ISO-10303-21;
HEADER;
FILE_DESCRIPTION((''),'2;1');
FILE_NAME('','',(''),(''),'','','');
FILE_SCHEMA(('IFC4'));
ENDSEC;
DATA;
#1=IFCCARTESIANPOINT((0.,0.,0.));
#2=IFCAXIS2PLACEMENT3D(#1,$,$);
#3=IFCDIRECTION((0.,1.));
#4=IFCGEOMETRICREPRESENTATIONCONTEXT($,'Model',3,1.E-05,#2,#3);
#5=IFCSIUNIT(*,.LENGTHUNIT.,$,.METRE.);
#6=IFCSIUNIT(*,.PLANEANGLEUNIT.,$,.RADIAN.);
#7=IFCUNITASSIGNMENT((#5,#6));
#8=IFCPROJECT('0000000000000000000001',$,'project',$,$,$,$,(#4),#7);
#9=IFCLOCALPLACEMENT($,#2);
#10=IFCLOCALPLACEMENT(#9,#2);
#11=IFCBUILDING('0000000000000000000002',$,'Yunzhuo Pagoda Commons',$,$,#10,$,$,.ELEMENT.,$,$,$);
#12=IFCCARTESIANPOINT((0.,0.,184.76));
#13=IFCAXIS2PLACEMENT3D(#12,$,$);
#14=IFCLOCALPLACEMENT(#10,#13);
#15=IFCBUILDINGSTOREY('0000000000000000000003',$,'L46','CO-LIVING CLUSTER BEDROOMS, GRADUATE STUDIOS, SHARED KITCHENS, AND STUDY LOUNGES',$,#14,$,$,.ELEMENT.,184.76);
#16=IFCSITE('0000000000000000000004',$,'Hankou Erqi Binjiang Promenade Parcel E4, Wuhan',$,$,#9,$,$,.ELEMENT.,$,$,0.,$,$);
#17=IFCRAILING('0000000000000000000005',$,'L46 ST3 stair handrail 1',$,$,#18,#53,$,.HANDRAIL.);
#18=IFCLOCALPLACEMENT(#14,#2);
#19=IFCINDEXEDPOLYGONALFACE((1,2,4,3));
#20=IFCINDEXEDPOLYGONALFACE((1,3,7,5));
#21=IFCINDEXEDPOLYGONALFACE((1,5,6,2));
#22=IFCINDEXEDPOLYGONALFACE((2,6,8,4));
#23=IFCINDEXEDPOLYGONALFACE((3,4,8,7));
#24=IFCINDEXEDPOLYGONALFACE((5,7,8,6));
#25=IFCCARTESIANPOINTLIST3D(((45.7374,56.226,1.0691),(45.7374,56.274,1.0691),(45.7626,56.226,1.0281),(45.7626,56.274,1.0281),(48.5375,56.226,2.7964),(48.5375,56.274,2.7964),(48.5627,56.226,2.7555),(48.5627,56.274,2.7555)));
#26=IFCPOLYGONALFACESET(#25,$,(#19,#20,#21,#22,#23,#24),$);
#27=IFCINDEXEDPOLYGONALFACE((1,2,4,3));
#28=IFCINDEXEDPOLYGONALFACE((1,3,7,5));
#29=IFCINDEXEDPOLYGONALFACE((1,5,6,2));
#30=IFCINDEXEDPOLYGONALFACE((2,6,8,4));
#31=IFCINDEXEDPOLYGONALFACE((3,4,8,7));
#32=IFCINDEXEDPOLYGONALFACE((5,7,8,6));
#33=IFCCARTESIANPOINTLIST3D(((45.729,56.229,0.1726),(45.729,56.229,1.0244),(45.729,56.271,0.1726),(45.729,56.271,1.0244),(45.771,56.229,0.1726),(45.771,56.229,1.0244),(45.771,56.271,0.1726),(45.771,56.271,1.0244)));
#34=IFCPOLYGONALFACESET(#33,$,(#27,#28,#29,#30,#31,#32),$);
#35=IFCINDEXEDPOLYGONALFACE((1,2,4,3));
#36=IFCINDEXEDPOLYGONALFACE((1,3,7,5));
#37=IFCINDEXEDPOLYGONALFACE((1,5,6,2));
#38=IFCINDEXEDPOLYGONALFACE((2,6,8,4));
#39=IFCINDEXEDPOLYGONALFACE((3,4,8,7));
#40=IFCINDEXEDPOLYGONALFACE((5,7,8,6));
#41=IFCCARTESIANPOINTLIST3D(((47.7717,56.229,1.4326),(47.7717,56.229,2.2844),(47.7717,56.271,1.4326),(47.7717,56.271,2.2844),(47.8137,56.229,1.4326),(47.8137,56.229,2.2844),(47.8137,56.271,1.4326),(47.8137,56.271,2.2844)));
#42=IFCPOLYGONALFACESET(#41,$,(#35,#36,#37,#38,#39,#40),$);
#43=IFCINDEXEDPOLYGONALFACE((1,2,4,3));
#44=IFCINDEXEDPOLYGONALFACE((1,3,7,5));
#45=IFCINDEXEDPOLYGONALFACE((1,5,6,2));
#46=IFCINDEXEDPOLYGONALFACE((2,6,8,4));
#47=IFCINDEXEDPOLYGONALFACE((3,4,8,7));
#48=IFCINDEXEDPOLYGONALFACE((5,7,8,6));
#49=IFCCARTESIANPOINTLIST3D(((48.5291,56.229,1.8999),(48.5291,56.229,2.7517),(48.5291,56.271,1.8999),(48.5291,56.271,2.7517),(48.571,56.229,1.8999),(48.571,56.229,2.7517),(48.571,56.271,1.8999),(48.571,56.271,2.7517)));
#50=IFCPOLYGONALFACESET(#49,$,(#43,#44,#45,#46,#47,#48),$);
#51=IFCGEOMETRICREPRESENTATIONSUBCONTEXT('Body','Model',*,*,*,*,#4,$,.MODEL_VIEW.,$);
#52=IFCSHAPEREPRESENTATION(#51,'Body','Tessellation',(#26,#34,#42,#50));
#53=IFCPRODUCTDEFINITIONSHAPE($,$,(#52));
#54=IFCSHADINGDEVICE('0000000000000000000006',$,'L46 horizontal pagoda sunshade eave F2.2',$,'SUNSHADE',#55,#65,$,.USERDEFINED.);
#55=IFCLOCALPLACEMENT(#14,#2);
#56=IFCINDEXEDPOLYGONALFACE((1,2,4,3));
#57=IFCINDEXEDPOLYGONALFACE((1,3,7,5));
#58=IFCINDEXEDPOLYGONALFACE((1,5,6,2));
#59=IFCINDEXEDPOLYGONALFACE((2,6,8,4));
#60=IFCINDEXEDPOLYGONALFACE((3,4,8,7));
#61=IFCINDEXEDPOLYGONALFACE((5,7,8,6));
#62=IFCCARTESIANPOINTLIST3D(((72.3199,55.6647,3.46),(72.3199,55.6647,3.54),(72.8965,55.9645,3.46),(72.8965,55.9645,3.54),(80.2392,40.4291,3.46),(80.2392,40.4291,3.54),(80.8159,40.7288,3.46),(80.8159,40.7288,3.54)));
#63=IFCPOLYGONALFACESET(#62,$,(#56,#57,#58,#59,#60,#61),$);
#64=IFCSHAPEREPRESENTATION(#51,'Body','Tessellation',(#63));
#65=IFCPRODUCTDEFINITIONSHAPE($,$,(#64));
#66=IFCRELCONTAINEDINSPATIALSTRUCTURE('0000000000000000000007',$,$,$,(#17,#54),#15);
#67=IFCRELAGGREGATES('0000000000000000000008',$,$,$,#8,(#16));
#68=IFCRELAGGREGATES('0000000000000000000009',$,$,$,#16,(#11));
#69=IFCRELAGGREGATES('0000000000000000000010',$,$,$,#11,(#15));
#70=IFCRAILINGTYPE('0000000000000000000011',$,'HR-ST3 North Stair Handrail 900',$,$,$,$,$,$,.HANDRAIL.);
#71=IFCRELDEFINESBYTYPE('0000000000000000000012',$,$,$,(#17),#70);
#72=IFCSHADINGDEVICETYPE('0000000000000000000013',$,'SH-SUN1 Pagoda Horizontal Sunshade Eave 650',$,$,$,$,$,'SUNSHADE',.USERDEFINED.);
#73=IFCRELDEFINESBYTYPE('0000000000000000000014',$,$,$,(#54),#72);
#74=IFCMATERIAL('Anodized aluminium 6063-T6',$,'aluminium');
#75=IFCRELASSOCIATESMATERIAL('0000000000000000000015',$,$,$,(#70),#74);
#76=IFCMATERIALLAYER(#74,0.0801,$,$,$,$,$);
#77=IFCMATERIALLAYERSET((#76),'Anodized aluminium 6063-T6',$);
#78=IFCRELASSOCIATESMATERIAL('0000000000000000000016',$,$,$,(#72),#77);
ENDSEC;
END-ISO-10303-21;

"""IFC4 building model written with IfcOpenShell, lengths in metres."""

from ifc_helpers import new_model, si_unit, direction, frame, origin, origin_2d, place, context, subcontext, project, spatial, rectangle, extrude, source, transform, mapped, material, layer, layer_set, type_object, element, save


model = new_model("IFC4")

# Units and contexts
model_context = context("Model", 3, precision=1e-05, world=origin(), true_north=direction((0.0, 1.0)))
body_context = subcontext(model_context, "Body", "Model", "MODEL_VIEW")
ifc_project = project(units=[si_unit("LENGTHUNIT", "METRE"), si_unit("PLANEANGLEUNIT", "RADIAN")], contexts=[model_context])

# Site, building, storey
site_placement = place(None, origin())
site = spatial("IfcSite", under=ifc_project, at=site_placement, Name="Hankou Erqi Binjiang Promenade Parcel E4, Wuhan", CompositionType="ELEMENT", RefElevation=0.0)
building_placement = place(site_placement, origin())
building = spatial("IfcBuilding", under=site, at=building_placement, Name="Yunzhuo Pagoda Commons", CompositionType="ELEMENT")
storey_placement = place(building_placement, frame((0.0, 0.0, 184.76)))
storey = spatial("IfcBuildingStorey", under=building, at=storey_placement, Name="L46", Description="CO-LIVING CLUSTER BEDROOMS, GRADUATE STUDIOS, SHARED KITCHENS, AND STUDY LOUNGES", CompositionType="ELEMENT", Elevation=184.76)

# Shared definitions
ifc_material_1 = material(Name="Anodized aluminium 6063-T6", Category="aluminium")

# Railing
railing_type = type_object("IfcRailingType", Name="HR-ST3 North Stair Handrail 900", PredefinedType="HANDRAIL", material=ifc_material_1)
railing_placement = place(storey_placement, frame((45.75, 56.25, 0.1726)))
element("IfcRailing", 1, at=railing_placement, inside=storey, type_object=railing_type, Name="L46 ST3 stair handrail 1", PredefinedType="HANDRAIL", context=body_context, shape_type="SweptSolid", body=[
    extrude(rectangle(XDim=0.0481, YDim=0.0481, at=origin_2d()), frame((0.0, 0.0, 0.876), z_axis=(0.85109, 0.0, 0.52502), x_axis=(0.0, 1.0, 0.0)), (0.0, 0.0, 1.0), 3.29),
    extrude(rectangle(XDim=0.042, YDim=0.042, at=origin_2d()), origin(), (0.0, 0.0, 1.0), 0.8518),
    extrude(rectangle(XDim=0.042, YDim=0.042, at=origin_2d()), frame((2.0427, 0.0, 1.26)), (0.0, 0.0, 1.0), 0.8518),
    extrude(rectangle(XDim=0.042, YDim=0.042, at=origin_2d()), frame((2.8, 0.0, 1.7273)), (0.0, 0.0, 1.0), 0.8518),
])

# Shading device
ifc_layer_1 = layer(ifc_material_1, 0.0801)
ifc_layer_set_1 = layer_set([ifc_layer_1], Name="Anodized aluminium 6063-T6")
shading_device_type = type_object("IfcShadingDeviceType", Name="SH-SUN1 Pagoda Horizontal Sunshade Eave 650", ElementType="SUNSHADE", PredefinedType="USERDEFINED", material=ifc_layer_set_1)
shared_shape_1 = source(origin(), body_context, "Body", "SweptSolid", [
    extrude(rectangle(XDim=17.1709, YDim=0.6499, at=origin_2d()), origin(), (0.0, 0.0, 1.0), 0.0801),
])
shading_device_placement = place(storey_placement, frame((76.5679, 48.1968, 3.46), z_axis=(0.0, 0.0, 1.0), x_axis=(-0.461207, 0.887293, 0.0)))
element("IfcShadingDevice", 2, at=shading_device_placement, inside=storey, type_object=shading_device_type, Name="L46 horizontal pagoda sunshade eave F2.2", ObjectType="SUNSHADE", PredefinedType="USERDEFINED", context=body_context, shape_type="MappedRepresentation", body=[
    mapped(shared_shape_1, transform((0.0, 0.0, 0.0), scale=1.0)),
])

save(model, "model.ifc")
